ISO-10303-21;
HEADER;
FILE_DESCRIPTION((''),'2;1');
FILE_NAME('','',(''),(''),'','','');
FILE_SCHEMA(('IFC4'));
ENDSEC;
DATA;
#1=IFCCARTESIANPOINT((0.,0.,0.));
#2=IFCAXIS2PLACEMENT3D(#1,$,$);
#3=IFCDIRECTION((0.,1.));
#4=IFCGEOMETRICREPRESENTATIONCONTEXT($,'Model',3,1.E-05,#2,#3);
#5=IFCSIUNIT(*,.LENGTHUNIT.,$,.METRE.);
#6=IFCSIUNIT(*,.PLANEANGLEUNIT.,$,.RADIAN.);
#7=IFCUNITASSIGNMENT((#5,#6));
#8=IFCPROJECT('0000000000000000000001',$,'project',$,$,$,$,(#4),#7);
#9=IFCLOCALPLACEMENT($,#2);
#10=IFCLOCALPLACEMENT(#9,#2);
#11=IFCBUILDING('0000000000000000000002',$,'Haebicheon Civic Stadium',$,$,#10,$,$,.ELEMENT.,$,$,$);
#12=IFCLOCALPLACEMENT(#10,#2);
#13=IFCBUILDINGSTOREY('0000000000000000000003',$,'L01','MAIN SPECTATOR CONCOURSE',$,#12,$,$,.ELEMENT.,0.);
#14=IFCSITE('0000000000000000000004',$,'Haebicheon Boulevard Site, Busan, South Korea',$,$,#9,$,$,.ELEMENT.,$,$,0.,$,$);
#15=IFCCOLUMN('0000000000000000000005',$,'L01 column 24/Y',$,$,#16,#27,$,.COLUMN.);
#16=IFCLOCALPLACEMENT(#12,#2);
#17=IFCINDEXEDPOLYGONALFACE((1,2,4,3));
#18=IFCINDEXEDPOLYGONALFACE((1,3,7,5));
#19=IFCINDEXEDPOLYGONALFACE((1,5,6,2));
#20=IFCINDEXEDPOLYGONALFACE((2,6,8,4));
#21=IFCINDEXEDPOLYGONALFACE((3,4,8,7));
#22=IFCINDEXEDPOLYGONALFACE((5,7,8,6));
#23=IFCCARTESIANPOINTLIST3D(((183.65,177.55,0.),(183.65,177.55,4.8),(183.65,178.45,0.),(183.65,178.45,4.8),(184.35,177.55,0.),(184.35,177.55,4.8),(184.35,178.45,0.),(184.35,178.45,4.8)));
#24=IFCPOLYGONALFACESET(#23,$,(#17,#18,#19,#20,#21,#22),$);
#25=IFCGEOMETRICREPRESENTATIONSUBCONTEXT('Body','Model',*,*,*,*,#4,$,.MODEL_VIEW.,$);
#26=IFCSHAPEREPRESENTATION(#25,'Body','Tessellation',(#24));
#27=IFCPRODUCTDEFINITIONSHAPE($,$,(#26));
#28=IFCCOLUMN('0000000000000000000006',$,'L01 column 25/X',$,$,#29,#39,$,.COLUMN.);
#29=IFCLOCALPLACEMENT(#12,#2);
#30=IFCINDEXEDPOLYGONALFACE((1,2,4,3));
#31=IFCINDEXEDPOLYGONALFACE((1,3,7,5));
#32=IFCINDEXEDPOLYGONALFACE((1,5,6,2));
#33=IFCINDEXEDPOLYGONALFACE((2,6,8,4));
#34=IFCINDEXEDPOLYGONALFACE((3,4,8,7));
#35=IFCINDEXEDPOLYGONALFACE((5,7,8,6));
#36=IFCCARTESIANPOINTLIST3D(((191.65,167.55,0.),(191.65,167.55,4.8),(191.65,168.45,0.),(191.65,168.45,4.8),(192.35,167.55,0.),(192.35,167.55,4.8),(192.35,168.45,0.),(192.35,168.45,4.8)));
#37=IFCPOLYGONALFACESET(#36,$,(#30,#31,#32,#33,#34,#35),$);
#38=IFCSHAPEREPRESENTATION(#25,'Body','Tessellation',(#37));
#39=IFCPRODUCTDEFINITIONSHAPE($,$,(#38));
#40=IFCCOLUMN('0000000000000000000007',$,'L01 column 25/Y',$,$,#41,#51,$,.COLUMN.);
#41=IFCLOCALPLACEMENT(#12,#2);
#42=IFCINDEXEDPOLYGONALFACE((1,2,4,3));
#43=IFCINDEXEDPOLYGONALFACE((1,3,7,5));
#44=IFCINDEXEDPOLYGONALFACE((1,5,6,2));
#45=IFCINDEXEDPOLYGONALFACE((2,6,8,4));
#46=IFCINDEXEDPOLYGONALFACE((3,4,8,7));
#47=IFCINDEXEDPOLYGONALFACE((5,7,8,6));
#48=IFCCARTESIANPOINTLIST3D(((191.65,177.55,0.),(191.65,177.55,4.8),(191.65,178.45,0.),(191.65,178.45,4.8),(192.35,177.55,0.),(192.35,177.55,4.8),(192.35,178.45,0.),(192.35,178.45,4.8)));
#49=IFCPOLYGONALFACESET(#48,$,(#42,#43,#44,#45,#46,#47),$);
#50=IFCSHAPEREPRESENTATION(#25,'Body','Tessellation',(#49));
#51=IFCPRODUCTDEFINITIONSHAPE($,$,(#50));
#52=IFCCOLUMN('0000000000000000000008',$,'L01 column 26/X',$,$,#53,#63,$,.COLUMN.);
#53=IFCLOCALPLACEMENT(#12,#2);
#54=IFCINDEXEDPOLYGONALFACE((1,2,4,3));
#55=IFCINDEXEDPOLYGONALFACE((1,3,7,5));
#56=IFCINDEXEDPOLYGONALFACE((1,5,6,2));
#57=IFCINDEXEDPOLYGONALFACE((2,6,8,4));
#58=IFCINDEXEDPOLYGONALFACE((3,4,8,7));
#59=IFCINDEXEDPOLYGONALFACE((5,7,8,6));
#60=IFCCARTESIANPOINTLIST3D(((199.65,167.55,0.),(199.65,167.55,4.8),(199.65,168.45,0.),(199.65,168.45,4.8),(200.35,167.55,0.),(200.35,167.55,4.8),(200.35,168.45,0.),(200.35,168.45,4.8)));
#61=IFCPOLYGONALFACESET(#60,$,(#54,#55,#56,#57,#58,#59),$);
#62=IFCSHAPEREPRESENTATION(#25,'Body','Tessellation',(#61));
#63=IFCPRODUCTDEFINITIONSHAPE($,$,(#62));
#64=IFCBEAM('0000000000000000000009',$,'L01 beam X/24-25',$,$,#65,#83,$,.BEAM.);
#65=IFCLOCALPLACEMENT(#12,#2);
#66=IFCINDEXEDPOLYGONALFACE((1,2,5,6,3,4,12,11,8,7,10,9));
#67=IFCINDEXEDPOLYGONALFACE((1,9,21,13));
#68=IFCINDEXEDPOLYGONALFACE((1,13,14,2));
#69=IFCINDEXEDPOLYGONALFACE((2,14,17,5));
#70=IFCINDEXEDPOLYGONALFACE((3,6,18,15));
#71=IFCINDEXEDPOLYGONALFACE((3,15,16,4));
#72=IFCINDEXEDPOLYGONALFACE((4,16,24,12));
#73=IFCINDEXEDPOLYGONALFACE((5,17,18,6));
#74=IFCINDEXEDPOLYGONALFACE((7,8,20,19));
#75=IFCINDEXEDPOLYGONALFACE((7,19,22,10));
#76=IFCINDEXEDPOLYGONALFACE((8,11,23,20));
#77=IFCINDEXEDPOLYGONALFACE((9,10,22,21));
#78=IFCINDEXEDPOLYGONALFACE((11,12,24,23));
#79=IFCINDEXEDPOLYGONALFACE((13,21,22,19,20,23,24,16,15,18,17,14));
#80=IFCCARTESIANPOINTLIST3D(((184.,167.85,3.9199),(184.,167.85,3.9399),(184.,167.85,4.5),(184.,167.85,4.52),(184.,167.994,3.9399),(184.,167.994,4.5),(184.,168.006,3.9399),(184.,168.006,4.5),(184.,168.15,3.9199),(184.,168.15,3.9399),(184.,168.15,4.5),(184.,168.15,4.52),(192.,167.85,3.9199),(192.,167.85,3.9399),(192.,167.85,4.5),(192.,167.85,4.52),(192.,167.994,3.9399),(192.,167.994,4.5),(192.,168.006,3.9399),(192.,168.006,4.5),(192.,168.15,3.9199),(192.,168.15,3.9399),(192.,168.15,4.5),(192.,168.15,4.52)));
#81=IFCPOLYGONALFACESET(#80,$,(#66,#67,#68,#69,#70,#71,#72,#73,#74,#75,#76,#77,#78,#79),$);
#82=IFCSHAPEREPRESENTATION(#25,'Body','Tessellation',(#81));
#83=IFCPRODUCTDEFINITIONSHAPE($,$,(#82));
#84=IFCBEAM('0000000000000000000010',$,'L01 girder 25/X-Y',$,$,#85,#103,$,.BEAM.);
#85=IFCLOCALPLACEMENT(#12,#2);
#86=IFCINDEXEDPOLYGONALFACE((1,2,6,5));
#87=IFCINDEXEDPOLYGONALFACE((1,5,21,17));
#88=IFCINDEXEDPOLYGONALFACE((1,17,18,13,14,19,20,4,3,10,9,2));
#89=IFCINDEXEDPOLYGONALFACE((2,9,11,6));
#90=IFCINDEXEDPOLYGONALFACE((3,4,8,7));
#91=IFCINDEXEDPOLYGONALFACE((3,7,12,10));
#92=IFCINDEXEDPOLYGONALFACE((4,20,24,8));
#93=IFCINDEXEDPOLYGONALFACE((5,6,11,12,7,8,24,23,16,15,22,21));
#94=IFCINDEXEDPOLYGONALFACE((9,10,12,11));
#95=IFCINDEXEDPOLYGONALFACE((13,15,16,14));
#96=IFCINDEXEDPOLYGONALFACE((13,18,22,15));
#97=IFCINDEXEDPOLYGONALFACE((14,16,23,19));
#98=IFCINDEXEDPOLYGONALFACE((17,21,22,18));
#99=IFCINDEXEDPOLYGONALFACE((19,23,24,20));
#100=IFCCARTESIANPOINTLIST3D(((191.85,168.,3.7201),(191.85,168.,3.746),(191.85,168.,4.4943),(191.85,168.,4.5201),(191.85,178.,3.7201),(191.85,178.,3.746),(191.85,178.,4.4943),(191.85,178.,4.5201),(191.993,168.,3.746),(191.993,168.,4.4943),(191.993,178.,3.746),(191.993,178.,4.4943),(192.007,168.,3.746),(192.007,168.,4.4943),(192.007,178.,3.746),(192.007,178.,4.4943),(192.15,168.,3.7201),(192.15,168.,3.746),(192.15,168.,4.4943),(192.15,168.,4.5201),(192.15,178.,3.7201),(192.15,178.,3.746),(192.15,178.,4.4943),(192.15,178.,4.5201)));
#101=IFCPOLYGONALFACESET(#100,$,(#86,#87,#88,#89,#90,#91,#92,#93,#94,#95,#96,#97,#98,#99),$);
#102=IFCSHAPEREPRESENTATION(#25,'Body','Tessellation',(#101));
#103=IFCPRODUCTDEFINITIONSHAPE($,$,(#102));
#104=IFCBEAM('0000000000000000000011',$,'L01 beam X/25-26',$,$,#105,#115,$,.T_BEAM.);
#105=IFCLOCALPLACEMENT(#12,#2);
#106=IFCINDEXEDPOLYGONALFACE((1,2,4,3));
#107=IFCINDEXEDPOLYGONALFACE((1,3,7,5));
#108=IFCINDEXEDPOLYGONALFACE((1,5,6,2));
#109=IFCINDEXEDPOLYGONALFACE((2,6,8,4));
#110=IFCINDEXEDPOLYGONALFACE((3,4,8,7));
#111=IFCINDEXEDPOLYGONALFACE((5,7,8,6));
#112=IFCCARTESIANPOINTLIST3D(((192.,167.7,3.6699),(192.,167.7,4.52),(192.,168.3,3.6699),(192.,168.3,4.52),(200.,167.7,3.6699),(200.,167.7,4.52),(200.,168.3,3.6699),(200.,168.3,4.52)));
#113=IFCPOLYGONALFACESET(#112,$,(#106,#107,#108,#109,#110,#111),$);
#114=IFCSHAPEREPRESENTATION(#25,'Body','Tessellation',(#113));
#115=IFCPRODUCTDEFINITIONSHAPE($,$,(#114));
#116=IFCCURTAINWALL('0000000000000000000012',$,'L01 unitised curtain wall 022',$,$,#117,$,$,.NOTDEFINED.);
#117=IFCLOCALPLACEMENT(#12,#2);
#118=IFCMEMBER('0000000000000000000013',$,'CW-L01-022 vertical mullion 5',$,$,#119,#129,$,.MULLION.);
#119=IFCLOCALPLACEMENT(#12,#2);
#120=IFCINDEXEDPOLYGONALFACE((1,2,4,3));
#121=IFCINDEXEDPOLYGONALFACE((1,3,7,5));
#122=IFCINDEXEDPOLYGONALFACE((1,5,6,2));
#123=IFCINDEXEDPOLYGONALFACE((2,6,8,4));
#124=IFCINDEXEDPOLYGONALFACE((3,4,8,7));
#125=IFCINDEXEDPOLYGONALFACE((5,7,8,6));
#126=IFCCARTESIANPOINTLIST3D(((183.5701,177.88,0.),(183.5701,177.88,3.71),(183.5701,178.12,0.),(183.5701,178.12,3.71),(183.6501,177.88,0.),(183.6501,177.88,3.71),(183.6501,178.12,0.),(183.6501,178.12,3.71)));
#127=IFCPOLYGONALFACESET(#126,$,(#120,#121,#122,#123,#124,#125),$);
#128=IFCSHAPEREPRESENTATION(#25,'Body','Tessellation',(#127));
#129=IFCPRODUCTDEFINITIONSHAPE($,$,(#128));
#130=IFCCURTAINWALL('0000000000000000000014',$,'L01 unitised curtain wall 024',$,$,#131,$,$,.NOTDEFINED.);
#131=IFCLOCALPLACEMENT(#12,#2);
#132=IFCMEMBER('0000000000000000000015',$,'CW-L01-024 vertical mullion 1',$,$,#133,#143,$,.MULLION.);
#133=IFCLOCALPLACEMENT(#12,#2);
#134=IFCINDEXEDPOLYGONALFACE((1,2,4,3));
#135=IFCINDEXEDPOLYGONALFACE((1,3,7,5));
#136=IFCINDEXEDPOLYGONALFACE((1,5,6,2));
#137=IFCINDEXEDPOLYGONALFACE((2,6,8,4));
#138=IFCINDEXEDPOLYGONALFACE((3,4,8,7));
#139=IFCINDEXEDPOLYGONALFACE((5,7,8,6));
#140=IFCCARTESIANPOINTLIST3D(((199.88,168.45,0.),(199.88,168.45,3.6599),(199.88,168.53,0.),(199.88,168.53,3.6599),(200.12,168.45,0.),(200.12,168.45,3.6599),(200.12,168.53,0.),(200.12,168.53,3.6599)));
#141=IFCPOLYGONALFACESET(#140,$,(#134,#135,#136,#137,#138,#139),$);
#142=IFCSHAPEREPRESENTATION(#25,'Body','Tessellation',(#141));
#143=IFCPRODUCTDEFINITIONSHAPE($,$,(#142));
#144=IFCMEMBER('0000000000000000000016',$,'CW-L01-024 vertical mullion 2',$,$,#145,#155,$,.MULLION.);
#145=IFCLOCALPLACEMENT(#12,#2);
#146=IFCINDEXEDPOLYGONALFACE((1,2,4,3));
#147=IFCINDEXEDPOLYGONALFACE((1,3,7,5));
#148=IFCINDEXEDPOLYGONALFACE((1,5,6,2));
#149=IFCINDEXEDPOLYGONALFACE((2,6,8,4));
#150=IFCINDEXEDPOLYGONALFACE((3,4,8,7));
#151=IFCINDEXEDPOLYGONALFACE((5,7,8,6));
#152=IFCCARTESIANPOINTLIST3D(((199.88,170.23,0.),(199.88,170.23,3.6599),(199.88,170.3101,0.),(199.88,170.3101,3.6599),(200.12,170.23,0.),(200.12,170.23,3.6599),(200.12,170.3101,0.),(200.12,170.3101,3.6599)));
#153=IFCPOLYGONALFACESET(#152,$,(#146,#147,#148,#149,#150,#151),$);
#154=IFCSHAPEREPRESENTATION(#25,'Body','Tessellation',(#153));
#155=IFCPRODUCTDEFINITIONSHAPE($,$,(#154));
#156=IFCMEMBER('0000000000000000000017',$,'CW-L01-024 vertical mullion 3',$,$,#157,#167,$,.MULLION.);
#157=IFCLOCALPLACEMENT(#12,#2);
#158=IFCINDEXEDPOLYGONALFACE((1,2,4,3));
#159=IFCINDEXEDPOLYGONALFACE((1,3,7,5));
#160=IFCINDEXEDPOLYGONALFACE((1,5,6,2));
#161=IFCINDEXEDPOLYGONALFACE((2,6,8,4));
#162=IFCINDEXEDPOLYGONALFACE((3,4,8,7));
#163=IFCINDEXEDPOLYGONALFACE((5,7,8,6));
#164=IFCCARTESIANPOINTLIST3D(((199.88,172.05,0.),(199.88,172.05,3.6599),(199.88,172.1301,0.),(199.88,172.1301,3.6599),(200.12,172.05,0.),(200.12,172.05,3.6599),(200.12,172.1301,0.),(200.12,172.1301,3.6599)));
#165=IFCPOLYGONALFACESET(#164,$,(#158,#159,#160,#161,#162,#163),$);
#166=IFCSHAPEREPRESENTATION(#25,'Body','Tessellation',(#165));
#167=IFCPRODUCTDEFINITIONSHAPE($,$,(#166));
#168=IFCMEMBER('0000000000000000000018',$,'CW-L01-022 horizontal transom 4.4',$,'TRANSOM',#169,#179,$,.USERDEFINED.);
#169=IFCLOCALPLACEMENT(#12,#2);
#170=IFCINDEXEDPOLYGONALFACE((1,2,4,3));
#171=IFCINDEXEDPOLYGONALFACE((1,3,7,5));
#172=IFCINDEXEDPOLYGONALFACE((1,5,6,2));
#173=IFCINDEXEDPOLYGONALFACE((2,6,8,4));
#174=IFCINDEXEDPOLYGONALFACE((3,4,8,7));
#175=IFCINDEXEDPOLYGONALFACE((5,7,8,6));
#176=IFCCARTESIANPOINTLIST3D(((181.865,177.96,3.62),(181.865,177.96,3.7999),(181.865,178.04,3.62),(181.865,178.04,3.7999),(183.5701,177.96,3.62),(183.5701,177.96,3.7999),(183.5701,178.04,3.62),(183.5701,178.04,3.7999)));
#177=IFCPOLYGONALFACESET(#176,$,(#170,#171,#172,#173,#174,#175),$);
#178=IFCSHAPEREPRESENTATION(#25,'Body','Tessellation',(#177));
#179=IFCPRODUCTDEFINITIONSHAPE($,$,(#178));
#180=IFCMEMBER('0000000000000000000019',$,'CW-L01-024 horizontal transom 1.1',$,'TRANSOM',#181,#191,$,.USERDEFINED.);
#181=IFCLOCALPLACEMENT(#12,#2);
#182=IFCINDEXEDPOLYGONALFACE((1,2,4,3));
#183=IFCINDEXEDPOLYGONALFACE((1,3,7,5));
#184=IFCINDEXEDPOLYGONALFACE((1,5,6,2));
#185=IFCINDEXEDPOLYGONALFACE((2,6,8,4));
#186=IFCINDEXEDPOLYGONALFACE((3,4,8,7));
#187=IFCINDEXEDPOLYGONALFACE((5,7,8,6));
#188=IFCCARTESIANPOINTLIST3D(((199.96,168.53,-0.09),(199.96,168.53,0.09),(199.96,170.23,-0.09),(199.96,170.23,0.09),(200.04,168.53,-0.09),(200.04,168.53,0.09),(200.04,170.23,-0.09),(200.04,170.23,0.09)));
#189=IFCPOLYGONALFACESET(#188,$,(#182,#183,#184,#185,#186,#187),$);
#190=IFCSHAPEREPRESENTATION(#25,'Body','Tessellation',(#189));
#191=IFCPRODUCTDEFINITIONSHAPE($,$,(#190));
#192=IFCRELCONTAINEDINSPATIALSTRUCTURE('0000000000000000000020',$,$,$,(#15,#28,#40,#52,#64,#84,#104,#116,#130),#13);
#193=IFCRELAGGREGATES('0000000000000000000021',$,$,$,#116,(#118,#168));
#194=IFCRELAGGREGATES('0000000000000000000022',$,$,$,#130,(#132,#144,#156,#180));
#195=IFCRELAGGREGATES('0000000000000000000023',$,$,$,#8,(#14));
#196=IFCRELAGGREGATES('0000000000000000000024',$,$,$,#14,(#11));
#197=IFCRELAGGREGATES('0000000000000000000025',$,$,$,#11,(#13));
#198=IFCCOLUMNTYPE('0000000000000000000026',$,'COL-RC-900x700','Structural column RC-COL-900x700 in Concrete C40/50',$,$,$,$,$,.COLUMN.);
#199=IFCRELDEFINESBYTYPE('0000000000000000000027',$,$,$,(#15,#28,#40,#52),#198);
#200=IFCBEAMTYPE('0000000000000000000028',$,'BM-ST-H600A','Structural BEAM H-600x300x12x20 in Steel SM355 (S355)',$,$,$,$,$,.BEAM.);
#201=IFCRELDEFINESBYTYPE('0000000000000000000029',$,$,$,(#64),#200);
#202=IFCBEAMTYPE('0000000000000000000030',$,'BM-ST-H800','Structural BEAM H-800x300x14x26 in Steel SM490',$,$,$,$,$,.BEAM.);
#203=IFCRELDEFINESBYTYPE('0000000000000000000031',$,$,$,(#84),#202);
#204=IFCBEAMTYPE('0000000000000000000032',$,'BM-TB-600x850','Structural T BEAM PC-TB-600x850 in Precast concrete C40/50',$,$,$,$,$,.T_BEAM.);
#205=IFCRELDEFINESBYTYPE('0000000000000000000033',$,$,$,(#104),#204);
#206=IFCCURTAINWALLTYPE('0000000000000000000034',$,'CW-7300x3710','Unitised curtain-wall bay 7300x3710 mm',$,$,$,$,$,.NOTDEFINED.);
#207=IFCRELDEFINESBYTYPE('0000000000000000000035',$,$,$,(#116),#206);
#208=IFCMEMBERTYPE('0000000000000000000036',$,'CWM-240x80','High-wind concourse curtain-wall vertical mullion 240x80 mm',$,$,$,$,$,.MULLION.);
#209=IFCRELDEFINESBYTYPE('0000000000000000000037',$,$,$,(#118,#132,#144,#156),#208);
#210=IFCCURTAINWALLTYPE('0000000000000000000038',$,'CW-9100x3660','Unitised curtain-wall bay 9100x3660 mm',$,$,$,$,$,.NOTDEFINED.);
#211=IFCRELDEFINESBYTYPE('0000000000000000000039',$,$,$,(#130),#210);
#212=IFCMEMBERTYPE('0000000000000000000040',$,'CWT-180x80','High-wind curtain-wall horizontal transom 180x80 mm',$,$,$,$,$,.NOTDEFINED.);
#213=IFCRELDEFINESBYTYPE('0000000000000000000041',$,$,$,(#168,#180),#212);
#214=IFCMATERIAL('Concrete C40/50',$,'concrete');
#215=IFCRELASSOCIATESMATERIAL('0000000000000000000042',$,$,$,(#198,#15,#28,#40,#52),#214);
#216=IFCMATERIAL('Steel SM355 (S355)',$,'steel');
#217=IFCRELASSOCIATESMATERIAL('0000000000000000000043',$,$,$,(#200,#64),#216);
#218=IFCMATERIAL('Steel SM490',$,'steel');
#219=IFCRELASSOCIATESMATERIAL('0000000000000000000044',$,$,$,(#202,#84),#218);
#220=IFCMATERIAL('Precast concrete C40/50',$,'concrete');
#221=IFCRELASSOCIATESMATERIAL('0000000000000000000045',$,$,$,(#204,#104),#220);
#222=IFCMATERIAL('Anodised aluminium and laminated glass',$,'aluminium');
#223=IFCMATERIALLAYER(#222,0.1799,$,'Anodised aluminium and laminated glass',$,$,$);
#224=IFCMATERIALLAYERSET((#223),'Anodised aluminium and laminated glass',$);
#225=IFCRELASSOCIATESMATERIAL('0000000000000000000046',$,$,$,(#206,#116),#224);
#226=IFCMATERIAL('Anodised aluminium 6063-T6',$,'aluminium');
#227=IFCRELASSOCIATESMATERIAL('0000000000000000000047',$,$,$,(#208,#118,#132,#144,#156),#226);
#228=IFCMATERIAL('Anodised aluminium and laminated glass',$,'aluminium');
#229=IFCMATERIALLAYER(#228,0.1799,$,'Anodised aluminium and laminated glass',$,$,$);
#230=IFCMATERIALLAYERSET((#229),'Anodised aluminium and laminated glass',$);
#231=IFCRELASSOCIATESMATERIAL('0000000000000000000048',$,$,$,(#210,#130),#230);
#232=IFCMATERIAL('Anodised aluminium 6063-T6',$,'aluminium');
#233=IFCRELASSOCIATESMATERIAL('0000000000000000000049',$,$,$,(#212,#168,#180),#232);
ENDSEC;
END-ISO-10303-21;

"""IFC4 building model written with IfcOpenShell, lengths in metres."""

from ifc_helpers import new_model, si_unit, direction, frame, origin, origin_2d, place, context, subcontext, project, spatial, rectangle, i_section, extrude, material, layer, layer_set, material_profile, profile_set, type_object, element, aggregate, save


model = new_model("IFC4")

# Units and contexts
model_context = context("Model", 3, precision=1e-05, world=origin(), true_north=direction((0.0, 1.0)))
body_context = subcontext(model_context, "Body", "Model", "MODEL_VIEW")
ifc_project = project(units=[si_unit("LENGTHUNIT", "METRE"), si_unit("PLANEANGLEUNIT", "RADIAN")], contexts=[model_context])

# Site, building, storey
site_placement = place(None, origin())
site = spatial("IfcSite", under=ifc_project, at=site_placement, Name="Haebicheon Boulevard Site, Busan, South Korea", CompositionType="ELEMENT", RefElevation=0.0)
building_placement = place(site_placement, origin())
building = spatial("IfcBuilding", under=site, at=building_placement, Name="Haebicheon Civic Stadium", CompositionType="ELEMENT")
storey_placement = place(building_placement, origin())
storey = spatial("IfcBuildingStorey", under=building, at=storey_placement, Name="L01", Description="MAIN SPECTATOR CONCOURSE", CompositionType="ELEMENT", Elevation=0.0)

# Columns
ifc_material_1 = material(Name="Concrete C40/50", Category="concrete")
ifc_material_profile_1 = material_profile(ifc_material_1, rectangle(XDim=0.7, YDim=0.8999, at=origin_2d()), Name="RC-COL-900x700")
ifc_profile_set_1 = profile_set([ifc_material_profile_1], Name="Concrete C40/50")
column_type = type_object("IfcColumnType", Name="COL-RC-900x700", Description="Structural column RC-COL-900x700 in Concrete C40/50", PredefinedType="COLUMN", material=ifc_profile_set_1)
for number, where, z_axis, x_axis, name in (
    (1, (184.0, 178.0, 0.0), (0.0, 0.0, 1.0), (1.0, 0.0, 0.0), "L01 column 24/Y"),
    (2, (192.0, 168.0, 0.0), (0.0, 0.0, 1.0), (1.0, 0.0, 0.0), "L01 column 25/X"),
    (3, (192.0, 178.0, 0.0), (0.0, 0.0, 1.0), (1.0, 0.0, 0.0), "L01 column 25/Y"),
    (4, (200.0, 168.0, 0.0), (0.0, 0.0, 1.0), (1.0, 0.0, 0.0), "L01 column 26/X"),
):
    element("IfcColumn", number, at=place(storey_placement, frame(where, z_axis=z_axis, x_axis=x_axis)), inside=storey, type_object=column_type, material=ifc_profile_set_1, Name=name, PredefinedType="COLUMN", context=body_context, shape_type="SweptSolid", body=[
        extrude(rectangle(XDim=0.7, YDim=0.8999, at=origin_2d()), origin(), (0.0, 0.0, 1.0), 4.8),
    ])

# Beams
ifc_material_2 = material(Name="Steel SM355 (S355)", Category="steel")
ifc_material_profile_2 = material_profile(ifc_material_2, i_section(OverallWidth=0.3, OverallDepth=0.6001, WebThickness=0.012, FlangeThickness=0.02, at=origin_2d()), Name="H-600x300x12x20")
ifc_profile_set_2 = profile_set([ifc_material_profile_2], Name="Steel SM355 (S355)")
beam_type_1 = type_object("IfcBeamType", Name="BM-ST-H600A", Description="Structural BEAM H-600x300x12x20 in Steel SM355 (S355)", PredefinedType="BEAM", material=ifc_profile_set_2)
beam_1_placement = place(storey_placement, frame((184.0, 168.0, 4.22), z_axis=(1.0, 0.0, 0.0), x_axis=(0.0, 1.0, 0.0)))
element("IfcBeam", 5, at=beam_1_placement, inside=storey, type_object=beam_type_1, material=ifc_profile_set_2, Name="L01 beam X/24-25", PredefinedType="BEAM", context=body_context, shape_type="SweptSolid", body=[
    extrude(i_section(OverallWidth=0.3, OverallDepth=0.6001, WebThickness=0.012, FlangeThickness=0.02, at=origin_2d()), origin(), (0.0, 0.0, 1.0), 8.0),
])
ifc_material_3 = material(Name="Steel SM490", Category="steel")
ifc_material_profile_3 = material_profile(ifc_material_3, i_section(OverallWidth=0.3, OverallDepth=0.8, WebThickness=0.0139, FlangeThickness=0.0259, at=origin_2d()), Name="H-800x300x14x26")
ifc_profile_set_3 = profile_set([ifc_material_profile_3], Name="Steel SM490")
beam_type_2 = type_object("IfcBeamType", Name="BM-ST-H800", Description="Structural BEAM H-800x300x14x26 in Steel SM490", PredefinedType="BEAM", material=ifc_profile_set_3)
beam_2_placement = place(storey_placement, frame((192.0, 168.0, 4.1201), z_axis=(0.0, 1.0, 0.0), x_axis=(-1.0, 0.0, 0.0)))
element("IfcBeam", 6, at=beam_2_placement, inside=storey, type_object=beam_type_2, material=ifc_profile_set_3, Name="L01 girder 25/X-Y", PredefinedType="BEAM", context=body_context, shape_type="SweptSolid", body=[
    extrude(i_section(OverallWidth=0.3, OverallDepth=0.8, WebThickness=0.0139, FlangeThickness=0.0259, at=origin_2d()), origin(), (0.0, 0.0, 1.0), 10.0),
])
ifc_material_4 = material(Name="Precast concrete C40/50", Category="concrete")
ifc_material_profile_4 = material_profile(ifc_material_4, rectangle(XDim=0.6001, YDim=0.8501, at=origin_2d()), Name="PC-TB-600x850")
ifc_profile_set_4 = profile_set([ifc_material_profile_4], Name="Precast concrete C40/50")
beam_type_3 = type_object("IfcBeamType", Name="BM-TB-600x850", Description="Structural T BEAM PC-TB-600x850 in Precast concrete C40/50", PredefinedType="T_BEAM", material=ifc_profile_set_4)
beam_3_placement = place(storey_placement, frame((192.0, 168.0, 4.095), z_axis=(1.0, 0.0, 0.0), x_axis=(0.0, 1.0, 0.0)))
element("IfcBeam", 7, at=beam_3_placement, inside=storey, type_object=beam_type_3, material=ifc_profile_set_4, Name="L01 beam X/25-26", PredefinedType="T_BEAM", context=body_context, shape_type="SweptSolid", body=[
    extrude(rectangle(XDim=0.6001, YDim=0.8501, at=origin_2d()), origin(), (0.0, 0.0, 1.0), 8.0),
])

# Curtain wall, member
ifc_material_5 = material(Name="Anodised aluminium and laminated glass", Category="aluminium")
ifc_layer_1 = layer(ifc_material_5, 0.1799, Name="Anodised aluminium and laminated glass")
ifc_layer_set_1 = layer_set([ifc_layer_1], Name="Anodised aluminium and laminated glass")
curtain_wall_type_1 = type_object("IfcCurtainWallType", Name="CW-7300x3710", Description="Unitised curtain-wall bay 7300x3710 mm", PredefinedType="NOTDEFINED", material=ifc_layer_set_1)
curtain_wall_1_placement = place(storey_placement, origin())
curtain_wall_1 = element("IfcCurtainWall", 8, at=curtain_wall_1_placement, inside=storey, type_object=curtain_wall_type_1, material=ifc_layer_set_1, Name="L01 unitised curtain wall 022", PredefinedType="NOTDEFINED")
ifc_material_6 = material(Name="Anodised aluminium 6063-T6", Category="aluminium")
ifc_material_profile_5 = material_profile(ifc_material_6, rectangle(XDim=0.0801, YDim=0.24, at=origin_2d()), Name="ALU-MULL-80x240")
ifc_profile_set_5 = profile_set([ifc_material_profile_5], Name="Anodised aluminium 6063-T6")
member_type_1 = type_object("IfcMemberType", Name="CWM-240x80", Description="High-wind concourse curtain-wall vertical mullion 240x80 mm", PredefinedType="MULLION", material=ifc_profile_set_5)
member_1_placement = place(storey_placement, frame((183.6101, 178.0, 0.0), z_axis=(0.0, 0.0, 1.0), x_axis=(1.0, 0.0, 0.0)))
member_1 = element("IfcMember", 9, at=member_1_placement, type_object=member_type_1, material=ifc_profile_set_5, Name="CW-L01-022 vertical mullion 5", PredefinedType="MULLION", context=body_context, shape_type="SweptSolid", body=[
    extrude(rectangle(XDim=0.0801, YDim=0.24, at=origin_2d()), origin(), (0.0, 0.0, 1.0), 3.71),
])

# Curtain wall, members
ifc_material_7 = material(Name="Anodised aluminium and laminated glass", Category="aluminium")
ifc_layer_2 = layer(ifc_material_7, 0.1799, Name="Anodised aluminium and laminated glass")
ifc_layer_set_2 = layer_set([ifc_layer_2], Name="Anodised aluminium and laminated glass")
curtain_wall_type_2 = type_object("IfcCurtainWallType", Name="CW-9100x3660", Description="Unitised curtain-wall bay 9100x3660 mm", PredefinedType="NOTDEFINED", material=ifc_layer_set_2)
curtain_wall_2_placement = place(storey_placement, origin())
curtain_wall_2 = element("IfcCurtainWall", 10, at=curtain_wall_2_placement, inside=storey, type_object=curtain_wall_type_2, material=ifc_layer_set_2, Name="L01 unitised curtain wall 024", PredefinedType="NOTDEFINED")
member_2_placement = place(storey_placement, frame((200.0, 168.49, 0.0), z_axis=(0.0, 0.0, 1.0), x_axis=(0.0, 1.0, 0.0)))
member_2 = element("IfcMember", 11, at=member_2_placement, type_object=member_type_1, material=ifc_profile_set_5, Name="CW-L01-024 vertical mullion 1", PredefinedType="MULLION", context=body_context, shape_type="SweptSolid", body=[
    extrude(rectangle(XDim=0.0801, YDim=0.24, at=origin_2d()), origin(), (0.0, 0.0, 1.0), 3.6599),
])
member_3_placement = place(storey_placement, frame((200.0, 170.27, 0.0), z_axis=(0.0, 0.0, 1.0), x_axis=(0.0, 1.0, 0.0)))
member_3 = element("IfcMember", 12, at=member_3_placement, type_object=member_type_1, material=ifc_profile_set_5, Name="CW-L01-024 vertical mullion 2", PredefinedType="MULLION", context=body_context, shape_type="SweptSolid", body=[
    extrude(rectangle(XDim=0.0801, YDim=0.24, at=origin_2d()), origin(), (0.0, 0.0, 1.0), 3.6599),
])
member_4_placement = place(storey_placement, frame((200.0, 172.0901, 0.0), z_axis=(0.0, 0.0, 1.0), x_axis=(0.0, 1.0, 0.0)))
member_4 = element("IfcMember", 13, at=member_4_placement, type_object=member_type_1, material=ifc_profile_set_5, Name="CW-L01-024 vertical mullion 3", PredefinedType="MULLION", context=body_context, shape_type="SweptSolid", body=[
    extrude(rectangle(XDim=0.0801, YDim=0.24, at=origin_2d()), origin(), (0.0, 0.0, 1.0), 3.6599),
])

# Members
ifc_material_8 = material(Name="Anodised aluminium 6063-T6", Category="aluminium")
ifc_material_profile_6 = material_profile(ifc_material_8, rectangle(XDim=0.0801, YDim=0.1799, at=origin_2d()), Name="ALU-TRAN-80x180")
ifc_profile_set_6 = profile_set([ifc_material_profile_6], Name="Anodised aluminium 6063-T6")
member_type_2 = type_object("IfcMemberType", Name="CWT-180x80", Description="High-wind curtain-wall horizontal transom 180x80 mm", PredefinedType="NOTDEFINED", material=ifc_profile_set_6)
member_5_placement = place(storey_placement, frame((181.865, 178.0, 3.71), z_axis=(1.0, 0.0, 0.0), x_axis=(0.0, 1.0, 0.0)))
member_5 = element("IfcMember", 14, at=member_5_placement, type_object=member_type_2, material=ifc_profile_set_6, Name="CW-L01-022 horizontal transom 4.4", ObjectType="TRANSOM", PredefinedType="USERDEFINED", context=body_context, shape_type="SweptSolid", body=[
    extrude(rectangle(XDim=0.0801, YDim=0.1799, at=origin_2d()), origin(), (0.0, 0.0, 1.0), 1.7051),
])
member_6_placement = place(storey_placement, frame((200.0, 168.53, 0.0), z_axis=(0.0, 1.0, 0.0), x_axis=(-1.0, 0.0, 0.0)))
member_6 = element("IfcMember", 15, at=member_6_placement, type_object=member_type_2, material=ifc_profile_set_6, Name="CW-L01-024 horizontal transom 1.1", ObjectType="TRANSOM", PredefinedType="USERDEFINED", context=body_context, shape_type="SweptSolid", body=[
    extrude(rectangle(XDim=0.0801, YDim=0.1799, at=origin_2d()), origin(), (0.0, 0.0, 1.0), 1.7),
])

aggregate(curtain_wall_1, [member_1, member_5])
aggregate(curtain_wall_2, [member_2, member_3, member_4, member_6])

save(model, "model.ifc")
